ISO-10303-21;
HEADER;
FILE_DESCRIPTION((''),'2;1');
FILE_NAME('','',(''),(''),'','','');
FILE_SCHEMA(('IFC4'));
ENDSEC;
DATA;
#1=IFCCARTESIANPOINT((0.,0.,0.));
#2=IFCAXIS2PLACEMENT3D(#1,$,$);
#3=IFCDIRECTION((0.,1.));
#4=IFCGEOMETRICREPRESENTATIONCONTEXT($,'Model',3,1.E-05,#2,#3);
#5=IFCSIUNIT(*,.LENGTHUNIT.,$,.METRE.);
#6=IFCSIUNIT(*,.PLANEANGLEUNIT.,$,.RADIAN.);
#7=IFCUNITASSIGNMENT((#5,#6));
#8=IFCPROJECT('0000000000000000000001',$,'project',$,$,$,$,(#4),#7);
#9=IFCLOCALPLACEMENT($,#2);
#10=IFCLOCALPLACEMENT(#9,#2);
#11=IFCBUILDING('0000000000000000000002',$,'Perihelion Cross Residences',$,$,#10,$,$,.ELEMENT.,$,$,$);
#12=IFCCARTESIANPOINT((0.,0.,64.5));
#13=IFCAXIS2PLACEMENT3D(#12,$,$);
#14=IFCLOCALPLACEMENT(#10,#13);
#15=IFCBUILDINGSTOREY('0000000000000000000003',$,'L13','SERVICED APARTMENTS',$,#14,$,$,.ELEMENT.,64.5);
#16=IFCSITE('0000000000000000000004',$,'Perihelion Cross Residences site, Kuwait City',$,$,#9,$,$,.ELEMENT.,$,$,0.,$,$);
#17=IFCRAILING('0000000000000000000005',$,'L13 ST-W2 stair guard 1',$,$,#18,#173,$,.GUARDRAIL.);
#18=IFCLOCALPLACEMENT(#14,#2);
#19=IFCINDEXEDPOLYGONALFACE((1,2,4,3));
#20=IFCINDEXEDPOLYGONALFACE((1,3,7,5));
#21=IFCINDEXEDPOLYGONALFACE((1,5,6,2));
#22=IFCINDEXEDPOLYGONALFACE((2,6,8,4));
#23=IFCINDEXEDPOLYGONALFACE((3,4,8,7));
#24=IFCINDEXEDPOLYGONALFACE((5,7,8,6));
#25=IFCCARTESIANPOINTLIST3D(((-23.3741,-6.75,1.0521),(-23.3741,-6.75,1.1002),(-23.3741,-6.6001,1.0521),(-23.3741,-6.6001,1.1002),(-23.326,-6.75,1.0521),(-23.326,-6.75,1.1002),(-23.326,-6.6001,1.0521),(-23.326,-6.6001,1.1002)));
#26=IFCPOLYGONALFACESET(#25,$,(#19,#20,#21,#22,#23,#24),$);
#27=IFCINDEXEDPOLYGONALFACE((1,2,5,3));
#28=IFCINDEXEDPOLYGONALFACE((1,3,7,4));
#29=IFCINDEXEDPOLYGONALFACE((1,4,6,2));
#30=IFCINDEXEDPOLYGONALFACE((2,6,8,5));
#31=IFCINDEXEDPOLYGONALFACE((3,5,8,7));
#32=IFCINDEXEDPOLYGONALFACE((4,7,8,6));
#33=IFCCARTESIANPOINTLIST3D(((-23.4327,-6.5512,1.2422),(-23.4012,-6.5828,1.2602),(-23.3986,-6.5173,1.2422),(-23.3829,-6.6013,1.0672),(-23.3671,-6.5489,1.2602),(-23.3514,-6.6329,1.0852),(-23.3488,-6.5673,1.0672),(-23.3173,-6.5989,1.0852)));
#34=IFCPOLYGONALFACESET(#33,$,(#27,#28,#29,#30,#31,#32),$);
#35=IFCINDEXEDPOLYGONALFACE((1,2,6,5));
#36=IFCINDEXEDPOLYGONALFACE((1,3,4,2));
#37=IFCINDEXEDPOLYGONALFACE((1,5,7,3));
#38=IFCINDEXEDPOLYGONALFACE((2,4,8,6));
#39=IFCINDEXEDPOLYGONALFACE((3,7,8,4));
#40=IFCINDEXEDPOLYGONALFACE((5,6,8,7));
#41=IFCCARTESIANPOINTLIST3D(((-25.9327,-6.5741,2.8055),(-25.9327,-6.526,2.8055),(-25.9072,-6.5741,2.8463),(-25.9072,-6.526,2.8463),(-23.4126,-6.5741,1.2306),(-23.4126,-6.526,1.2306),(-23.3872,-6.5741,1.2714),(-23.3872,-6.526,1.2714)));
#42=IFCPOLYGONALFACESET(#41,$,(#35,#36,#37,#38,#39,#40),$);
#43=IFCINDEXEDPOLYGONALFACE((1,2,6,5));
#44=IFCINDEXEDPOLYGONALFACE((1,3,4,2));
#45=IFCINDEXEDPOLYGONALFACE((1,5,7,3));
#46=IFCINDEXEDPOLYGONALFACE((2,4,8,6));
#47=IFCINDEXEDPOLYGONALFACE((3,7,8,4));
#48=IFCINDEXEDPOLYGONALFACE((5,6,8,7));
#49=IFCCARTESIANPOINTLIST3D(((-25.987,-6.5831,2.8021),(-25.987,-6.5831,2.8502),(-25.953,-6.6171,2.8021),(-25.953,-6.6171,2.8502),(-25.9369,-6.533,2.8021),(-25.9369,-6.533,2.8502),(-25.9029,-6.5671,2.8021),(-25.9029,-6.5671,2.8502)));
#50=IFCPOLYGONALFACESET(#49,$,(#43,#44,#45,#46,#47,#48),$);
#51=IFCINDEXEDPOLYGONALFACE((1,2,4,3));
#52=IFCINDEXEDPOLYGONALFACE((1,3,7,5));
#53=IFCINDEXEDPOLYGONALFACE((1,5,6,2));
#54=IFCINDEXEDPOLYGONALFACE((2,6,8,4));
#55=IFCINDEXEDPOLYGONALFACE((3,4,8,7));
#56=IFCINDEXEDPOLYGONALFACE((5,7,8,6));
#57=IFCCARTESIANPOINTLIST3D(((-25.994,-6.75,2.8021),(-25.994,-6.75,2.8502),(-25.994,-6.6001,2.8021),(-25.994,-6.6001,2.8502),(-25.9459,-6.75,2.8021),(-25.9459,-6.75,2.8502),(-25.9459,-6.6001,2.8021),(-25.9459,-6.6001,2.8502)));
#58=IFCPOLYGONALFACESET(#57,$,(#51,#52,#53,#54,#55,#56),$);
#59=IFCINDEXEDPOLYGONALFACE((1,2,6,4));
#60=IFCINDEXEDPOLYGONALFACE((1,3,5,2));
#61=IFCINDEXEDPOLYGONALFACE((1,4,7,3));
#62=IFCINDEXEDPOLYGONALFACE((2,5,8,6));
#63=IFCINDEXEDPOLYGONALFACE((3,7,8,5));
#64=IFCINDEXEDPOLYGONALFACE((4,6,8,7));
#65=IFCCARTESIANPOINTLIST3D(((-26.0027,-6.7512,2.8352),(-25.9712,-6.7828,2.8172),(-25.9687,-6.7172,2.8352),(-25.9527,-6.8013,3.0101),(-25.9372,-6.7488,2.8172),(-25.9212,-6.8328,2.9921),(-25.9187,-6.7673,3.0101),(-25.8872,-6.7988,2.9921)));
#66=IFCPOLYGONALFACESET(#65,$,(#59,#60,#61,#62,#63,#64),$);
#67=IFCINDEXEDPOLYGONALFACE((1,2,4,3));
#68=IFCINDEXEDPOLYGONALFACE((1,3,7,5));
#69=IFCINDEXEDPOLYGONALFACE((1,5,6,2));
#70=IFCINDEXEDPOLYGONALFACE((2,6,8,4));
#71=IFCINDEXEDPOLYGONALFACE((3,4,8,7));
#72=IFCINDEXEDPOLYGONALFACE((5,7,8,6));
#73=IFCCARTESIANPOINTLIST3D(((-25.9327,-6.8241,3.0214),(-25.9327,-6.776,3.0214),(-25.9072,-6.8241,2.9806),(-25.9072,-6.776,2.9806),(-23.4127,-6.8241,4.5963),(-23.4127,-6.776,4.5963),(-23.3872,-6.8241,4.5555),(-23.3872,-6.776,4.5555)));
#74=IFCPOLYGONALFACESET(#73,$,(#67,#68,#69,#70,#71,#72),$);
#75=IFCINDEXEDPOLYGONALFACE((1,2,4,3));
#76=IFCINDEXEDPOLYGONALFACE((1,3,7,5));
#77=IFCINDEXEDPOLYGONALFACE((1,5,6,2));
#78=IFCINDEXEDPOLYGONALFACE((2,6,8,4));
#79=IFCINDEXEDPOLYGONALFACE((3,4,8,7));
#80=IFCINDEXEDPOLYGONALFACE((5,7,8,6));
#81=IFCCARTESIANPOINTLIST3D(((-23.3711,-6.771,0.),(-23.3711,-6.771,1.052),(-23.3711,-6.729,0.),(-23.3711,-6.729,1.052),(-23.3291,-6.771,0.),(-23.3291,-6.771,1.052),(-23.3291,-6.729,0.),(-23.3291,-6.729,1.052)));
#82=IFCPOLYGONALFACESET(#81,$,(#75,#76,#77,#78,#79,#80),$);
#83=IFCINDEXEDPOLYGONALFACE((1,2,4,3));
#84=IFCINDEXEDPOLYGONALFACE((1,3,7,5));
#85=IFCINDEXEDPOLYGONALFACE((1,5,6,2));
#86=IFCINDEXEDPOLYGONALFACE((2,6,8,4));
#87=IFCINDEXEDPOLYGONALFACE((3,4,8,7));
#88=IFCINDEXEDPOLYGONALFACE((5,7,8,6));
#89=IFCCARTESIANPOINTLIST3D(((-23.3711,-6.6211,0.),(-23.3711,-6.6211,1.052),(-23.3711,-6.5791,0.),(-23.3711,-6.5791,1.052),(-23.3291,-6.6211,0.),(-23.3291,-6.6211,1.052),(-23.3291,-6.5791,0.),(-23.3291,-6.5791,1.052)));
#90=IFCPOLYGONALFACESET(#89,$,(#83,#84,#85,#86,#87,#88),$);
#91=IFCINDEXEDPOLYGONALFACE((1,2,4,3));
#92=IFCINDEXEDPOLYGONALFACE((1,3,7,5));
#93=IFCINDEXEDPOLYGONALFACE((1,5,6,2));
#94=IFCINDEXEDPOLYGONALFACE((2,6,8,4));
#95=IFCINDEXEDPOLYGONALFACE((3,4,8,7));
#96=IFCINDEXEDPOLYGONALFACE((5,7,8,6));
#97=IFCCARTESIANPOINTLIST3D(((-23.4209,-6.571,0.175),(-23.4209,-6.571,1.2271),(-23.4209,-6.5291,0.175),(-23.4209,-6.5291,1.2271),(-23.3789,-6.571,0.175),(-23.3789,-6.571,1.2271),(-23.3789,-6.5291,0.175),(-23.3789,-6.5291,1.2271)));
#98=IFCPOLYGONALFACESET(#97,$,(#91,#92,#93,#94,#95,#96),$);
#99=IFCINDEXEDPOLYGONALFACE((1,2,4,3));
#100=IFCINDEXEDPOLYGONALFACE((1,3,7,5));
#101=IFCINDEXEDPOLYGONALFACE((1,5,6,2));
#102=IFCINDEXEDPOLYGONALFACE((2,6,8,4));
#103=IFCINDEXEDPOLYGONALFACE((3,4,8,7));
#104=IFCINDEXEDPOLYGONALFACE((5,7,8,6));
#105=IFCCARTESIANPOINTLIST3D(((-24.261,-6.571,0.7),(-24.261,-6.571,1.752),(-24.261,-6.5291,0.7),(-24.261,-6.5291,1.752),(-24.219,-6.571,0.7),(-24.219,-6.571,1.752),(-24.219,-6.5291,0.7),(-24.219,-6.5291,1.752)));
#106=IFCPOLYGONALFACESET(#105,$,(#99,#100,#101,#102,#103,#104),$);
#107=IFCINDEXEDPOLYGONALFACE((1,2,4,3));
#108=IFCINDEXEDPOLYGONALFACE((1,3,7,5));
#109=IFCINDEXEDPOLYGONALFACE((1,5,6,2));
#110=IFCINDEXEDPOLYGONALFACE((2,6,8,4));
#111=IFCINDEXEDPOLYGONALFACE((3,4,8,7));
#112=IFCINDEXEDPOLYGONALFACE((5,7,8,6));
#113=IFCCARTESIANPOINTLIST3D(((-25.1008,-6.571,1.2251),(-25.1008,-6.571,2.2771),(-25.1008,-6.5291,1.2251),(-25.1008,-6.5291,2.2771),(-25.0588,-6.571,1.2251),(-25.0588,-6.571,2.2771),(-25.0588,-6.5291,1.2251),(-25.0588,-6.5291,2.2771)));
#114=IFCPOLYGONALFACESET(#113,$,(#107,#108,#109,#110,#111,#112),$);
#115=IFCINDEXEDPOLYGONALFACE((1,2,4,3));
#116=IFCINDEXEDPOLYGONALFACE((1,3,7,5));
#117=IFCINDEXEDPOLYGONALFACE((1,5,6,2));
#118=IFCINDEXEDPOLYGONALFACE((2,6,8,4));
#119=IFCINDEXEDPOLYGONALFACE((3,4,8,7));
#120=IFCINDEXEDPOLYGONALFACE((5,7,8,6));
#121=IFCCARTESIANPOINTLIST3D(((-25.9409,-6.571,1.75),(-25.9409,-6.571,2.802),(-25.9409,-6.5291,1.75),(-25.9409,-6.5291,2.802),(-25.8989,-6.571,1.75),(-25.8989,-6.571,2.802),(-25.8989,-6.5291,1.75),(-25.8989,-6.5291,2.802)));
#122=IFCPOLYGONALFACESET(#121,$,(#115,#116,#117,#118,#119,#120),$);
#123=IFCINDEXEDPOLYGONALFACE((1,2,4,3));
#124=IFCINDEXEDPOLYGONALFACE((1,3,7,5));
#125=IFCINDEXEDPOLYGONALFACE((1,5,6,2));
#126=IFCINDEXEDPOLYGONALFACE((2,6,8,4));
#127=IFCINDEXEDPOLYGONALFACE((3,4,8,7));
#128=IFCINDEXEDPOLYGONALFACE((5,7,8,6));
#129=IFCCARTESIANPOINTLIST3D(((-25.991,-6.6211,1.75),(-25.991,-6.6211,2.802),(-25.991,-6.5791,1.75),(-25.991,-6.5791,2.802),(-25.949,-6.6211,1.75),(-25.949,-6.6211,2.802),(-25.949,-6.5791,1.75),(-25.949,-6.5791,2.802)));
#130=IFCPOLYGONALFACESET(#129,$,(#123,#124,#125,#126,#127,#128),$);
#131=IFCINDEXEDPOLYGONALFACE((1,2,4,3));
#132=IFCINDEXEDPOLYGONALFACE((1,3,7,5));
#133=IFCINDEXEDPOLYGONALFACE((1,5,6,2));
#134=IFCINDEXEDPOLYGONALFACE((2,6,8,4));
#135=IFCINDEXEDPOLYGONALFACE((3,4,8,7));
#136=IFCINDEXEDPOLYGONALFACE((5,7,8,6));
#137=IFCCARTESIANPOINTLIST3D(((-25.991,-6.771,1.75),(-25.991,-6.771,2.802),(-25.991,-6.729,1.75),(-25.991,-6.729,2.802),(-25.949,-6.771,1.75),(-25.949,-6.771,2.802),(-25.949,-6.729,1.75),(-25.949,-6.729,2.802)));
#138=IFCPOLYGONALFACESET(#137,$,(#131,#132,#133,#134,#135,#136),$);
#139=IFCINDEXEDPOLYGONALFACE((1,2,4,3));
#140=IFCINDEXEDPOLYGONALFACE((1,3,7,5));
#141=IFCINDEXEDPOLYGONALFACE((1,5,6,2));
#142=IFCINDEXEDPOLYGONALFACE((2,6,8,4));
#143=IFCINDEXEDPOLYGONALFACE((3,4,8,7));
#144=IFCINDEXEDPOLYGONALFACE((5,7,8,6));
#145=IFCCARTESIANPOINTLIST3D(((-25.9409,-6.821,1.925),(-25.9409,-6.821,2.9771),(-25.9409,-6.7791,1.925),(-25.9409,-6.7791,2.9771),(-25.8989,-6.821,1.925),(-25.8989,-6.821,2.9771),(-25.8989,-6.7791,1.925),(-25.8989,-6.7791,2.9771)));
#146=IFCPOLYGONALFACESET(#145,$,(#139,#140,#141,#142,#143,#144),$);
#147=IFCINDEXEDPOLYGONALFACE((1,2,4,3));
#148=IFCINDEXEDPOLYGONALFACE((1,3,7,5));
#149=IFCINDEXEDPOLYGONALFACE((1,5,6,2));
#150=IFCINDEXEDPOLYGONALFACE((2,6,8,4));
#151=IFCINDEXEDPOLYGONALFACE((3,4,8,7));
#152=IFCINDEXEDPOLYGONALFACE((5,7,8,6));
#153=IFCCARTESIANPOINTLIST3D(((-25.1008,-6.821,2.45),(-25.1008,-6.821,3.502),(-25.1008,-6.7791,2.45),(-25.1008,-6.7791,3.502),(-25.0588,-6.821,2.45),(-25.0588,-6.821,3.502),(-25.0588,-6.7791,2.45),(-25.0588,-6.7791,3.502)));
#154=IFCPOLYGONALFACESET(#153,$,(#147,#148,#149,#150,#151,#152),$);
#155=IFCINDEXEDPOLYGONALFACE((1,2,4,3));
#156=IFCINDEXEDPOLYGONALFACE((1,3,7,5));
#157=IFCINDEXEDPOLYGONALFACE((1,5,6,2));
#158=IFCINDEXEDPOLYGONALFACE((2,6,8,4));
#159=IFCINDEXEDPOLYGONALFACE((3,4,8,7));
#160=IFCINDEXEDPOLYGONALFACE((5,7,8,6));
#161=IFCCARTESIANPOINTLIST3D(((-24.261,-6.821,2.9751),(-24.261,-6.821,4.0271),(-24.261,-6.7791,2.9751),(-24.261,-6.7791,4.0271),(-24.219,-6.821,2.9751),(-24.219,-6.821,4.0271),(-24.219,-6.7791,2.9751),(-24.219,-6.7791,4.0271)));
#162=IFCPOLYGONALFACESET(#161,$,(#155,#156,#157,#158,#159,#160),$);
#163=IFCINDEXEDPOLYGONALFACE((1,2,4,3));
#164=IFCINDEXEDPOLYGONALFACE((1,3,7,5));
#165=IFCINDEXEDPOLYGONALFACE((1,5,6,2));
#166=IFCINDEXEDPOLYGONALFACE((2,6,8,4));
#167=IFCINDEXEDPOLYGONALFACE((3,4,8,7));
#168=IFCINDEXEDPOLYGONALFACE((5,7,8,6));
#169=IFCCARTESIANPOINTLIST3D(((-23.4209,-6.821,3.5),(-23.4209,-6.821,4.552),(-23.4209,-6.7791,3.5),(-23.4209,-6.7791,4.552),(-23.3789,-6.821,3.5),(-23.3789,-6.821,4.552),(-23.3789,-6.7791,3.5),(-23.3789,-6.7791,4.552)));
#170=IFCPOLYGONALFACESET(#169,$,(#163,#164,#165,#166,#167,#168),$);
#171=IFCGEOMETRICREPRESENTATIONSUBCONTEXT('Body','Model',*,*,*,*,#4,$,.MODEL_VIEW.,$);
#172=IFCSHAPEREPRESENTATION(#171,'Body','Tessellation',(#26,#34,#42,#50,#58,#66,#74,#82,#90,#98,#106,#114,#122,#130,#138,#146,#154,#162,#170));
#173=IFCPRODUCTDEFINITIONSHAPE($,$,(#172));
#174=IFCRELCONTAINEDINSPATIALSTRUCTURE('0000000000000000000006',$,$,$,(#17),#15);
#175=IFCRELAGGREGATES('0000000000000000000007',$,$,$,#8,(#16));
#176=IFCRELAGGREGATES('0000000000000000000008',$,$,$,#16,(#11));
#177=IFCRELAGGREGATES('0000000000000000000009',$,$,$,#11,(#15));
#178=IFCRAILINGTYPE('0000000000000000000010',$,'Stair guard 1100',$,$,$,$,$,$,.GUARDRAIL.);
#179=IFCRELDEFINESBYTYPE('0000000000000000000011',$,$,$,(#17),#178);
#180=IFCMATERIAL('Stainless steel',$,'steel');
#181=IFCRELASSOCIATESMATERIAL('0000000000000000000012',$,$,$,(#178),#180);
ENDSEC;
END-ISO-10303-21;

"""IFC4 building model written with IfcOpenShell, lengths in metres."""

from ifc_helpers import new_model, si_unit, direction, frame, origin, origin_2d, place, context, subcontext, project, spatial, rectangle, extrude, material, type_object, element, save


model = new_model("IFC4")

# Units and contexts
model_context = context("Model", 3, precision=1e-05, world=origin(), true_north=direction((0.0, 1.0)))
body_context = subcontext(model_context, "Body", "Model", "MODEL_VIEW")
ifc_project = project(units=[si_unit("LENGTHUNIT", "METRE"), si_unit("PLANEANGLEUNIT", "RADIAN")], contexts=[model_context])

# Site, building, storey
site_placement = place(None, origin())
site = spatial("IfcSite", under=ifc_project, at=site_placement, Name="Perihelion Cross Residences site, Kuwait City", CompositionType="ELEMENT", RefElevation=0.0)
building_placement = place(site_placement, origin())
building = spatial("IfcBuilding", under=site, at=building_placement, Name="Perihelion Cross Residences", CompositionType="ELEMENT")
storey_placement = place(building_placement, frame((0.0, 0.0, 64.5)))
storey = spatial("IfcBuildingStorey", under=building, at=storey_placement, Name="L13", Description="SERVICED APARTMENTS", CompositionType="ELEMENT", Elevation=64.5)

# Railing
ifc_material_1 = material(Name="Stainless steel", Category="steel")
railing_type_1 = type_object("IfcRailingType", Name="Stair guard 1100", PredefinedType="GUARDRAIL", material=ifc_material_1)
railing_1_placement = place(storey_placement, frame((-23.3501, -6.75, 0.0)))
element("IfcRailing", 1, at=railing_1_placement, inside=storey, type_object=railing_type_1, Name="L13 ST-W2 stair guard 1", PredefinedType="GUARDRAIL", context=body_context, shape_type="SweptSolid", body=[
    extrude(rectangle(XDim=0.0481, YDim=0.0481, at=origin_2d()), frame((0.0, 0.0, 1.0762), z_axis=(0.0, 1.0, 0.0), x_axis=(-1.0, 0.0, 0.0)), (0.0, 0.0, 1.0), 0.1499),
    extrude(rectangle(XDim=0.0481, YDim=0.0481, at=origin_2d()), frame((0.0, 0.1499, 1.0762), z_axis=(-0.263862, 0.265156, 0.927399), x_axis=(-0.708834, -0.705376, 0.0)), (0.0, 0.0, 1.0), 0.1887),
    extrude(rectangle(XDim=0.0481, YDim=0.0481, at=origin_2d()), frame((-0.0498, 0.2, 1.251), z_axis=(-0.848008, 0.0, 0.529984), x_axis=(0.0, -1.0, 0.0)), (0.0, 0.0, 1.0), 2.9717),
    extrude(rectangle(XDim=0.0481, YDim=0.0481, at=origin_2d()), frame((-2.5698, 0.2, 2.8262), z_axis=(-0.707107, -0.707107, 0.0), x_axis=(0.707107, -0.707107, 0.0)), (0.0, 0.0, 1.0), 0.0708),
    extrude(rectangle(XDim=0.0481, YDim=0.0481, at=origin_2d()), frame((-2.6199, 0.1499, 2.8262), z_axis=(0.0, -1.0, 0.0), x_axis=(1.0, 0.0, 0.0)), (0.0, 0.0, 1.0), 0.1499),
    extrude(rectangle(XDim=0.0481, YDim=0.0481, at=origin_2d()), frame((-2.6199, 0.0, 2.8262), z_axis=(0.265065, -0.265065, 0.927082), x_axis=(0.707107, 0.707107, 0.0)), (0.0, 0.0, 1.0), 0.1887),
    extrude(rectangle(XDim=0.0481, YDim=0.0481, at=origin_2d()), frame((-2.5698, -0.05, 3.001), z_axis=(0.848008, 0.0, 0.529984), x_axis=(0.0, 1.0, 0.0)), (0.0, 0.0, 1.0), 2.9717),
    extrude(rectangle(XDim=0.042, YDim=0.042, at=origin_2d()), origin(), (0.0, 0.0, 1.0), 1.052),
    extrude(rectangle(XDim=0.042, YDim=0.042, at=origin_2d()), frame((0.0, 0.1499, 0.0)), (0.0, 0.0, 1.0), 1.052),
    extrude(rectangle(XDim=0.042, YDim=0.042, at=origin_2d()), frame((-0.0498, 0.2, 0.175)), (0.0, 0.0, 1.0), 1.052),
    extrude(rectangle(XDim=0.042, YDim=0.042, at=origin_2d()), frame((-0.8899, 0.2, 0.7)), (0.0, 0.0, 1.0), 1.052),
    extrude(rectangle(XDim=0.042, YDim=0.042, at=origin_2d()), frame((-1.7297, 0.2, 1.2251)), (0.0, 0.0, 1.0), 1.052),
    extrude(rectangle(XDim=0.042, YDim=0.042, at=origin_2d()), frame((-2.5698, 0.2, 1.75)), (0.0, 0.0, 1.0), 1.052),
    extrude(rectangle(XDim=0.042, YDim=0.042, at=origin_2d()), frame((-2.6199, 0.1499, 1.75)), (0.0, 0.0, 1.0), 1.052),
    extrude(rectangle(XDim=0.042, YDim=0.042, at=origin_2d()), frame((-2.6199, 0.0, 1.75)), (0.0, 0.0, 1.0), 1.052),
    extrude(rectangle(XDim=0.042, YDim=0.042, at=origin_2d()), frame((-2.5698, -0.05, 1.925)), (0.0, 0.0, 1.0), 1.052),
    extrude(rectangle(XDim=0.042, YDim=0.042, at=origin_2d()), frame((-1.7297, -0.05, 2.45)), (0.0, 0.0, 1.0), 1.052),
    extrude(rectangle(XDim=0.042, YDim=0.042, at=origin_2d()), frame((-0.8899, -0.05, 2.9751)), (0.0, 0.0, 1.0), 1.052),
    extrude(rectangle(XDim=0.042, YDim=0.042, at=origin_2d()), frame((-0.0498, -0.05, 3.5)), (0.0, 0.0, 1.0), 1.052),
])

save(model, "model.ifc")
